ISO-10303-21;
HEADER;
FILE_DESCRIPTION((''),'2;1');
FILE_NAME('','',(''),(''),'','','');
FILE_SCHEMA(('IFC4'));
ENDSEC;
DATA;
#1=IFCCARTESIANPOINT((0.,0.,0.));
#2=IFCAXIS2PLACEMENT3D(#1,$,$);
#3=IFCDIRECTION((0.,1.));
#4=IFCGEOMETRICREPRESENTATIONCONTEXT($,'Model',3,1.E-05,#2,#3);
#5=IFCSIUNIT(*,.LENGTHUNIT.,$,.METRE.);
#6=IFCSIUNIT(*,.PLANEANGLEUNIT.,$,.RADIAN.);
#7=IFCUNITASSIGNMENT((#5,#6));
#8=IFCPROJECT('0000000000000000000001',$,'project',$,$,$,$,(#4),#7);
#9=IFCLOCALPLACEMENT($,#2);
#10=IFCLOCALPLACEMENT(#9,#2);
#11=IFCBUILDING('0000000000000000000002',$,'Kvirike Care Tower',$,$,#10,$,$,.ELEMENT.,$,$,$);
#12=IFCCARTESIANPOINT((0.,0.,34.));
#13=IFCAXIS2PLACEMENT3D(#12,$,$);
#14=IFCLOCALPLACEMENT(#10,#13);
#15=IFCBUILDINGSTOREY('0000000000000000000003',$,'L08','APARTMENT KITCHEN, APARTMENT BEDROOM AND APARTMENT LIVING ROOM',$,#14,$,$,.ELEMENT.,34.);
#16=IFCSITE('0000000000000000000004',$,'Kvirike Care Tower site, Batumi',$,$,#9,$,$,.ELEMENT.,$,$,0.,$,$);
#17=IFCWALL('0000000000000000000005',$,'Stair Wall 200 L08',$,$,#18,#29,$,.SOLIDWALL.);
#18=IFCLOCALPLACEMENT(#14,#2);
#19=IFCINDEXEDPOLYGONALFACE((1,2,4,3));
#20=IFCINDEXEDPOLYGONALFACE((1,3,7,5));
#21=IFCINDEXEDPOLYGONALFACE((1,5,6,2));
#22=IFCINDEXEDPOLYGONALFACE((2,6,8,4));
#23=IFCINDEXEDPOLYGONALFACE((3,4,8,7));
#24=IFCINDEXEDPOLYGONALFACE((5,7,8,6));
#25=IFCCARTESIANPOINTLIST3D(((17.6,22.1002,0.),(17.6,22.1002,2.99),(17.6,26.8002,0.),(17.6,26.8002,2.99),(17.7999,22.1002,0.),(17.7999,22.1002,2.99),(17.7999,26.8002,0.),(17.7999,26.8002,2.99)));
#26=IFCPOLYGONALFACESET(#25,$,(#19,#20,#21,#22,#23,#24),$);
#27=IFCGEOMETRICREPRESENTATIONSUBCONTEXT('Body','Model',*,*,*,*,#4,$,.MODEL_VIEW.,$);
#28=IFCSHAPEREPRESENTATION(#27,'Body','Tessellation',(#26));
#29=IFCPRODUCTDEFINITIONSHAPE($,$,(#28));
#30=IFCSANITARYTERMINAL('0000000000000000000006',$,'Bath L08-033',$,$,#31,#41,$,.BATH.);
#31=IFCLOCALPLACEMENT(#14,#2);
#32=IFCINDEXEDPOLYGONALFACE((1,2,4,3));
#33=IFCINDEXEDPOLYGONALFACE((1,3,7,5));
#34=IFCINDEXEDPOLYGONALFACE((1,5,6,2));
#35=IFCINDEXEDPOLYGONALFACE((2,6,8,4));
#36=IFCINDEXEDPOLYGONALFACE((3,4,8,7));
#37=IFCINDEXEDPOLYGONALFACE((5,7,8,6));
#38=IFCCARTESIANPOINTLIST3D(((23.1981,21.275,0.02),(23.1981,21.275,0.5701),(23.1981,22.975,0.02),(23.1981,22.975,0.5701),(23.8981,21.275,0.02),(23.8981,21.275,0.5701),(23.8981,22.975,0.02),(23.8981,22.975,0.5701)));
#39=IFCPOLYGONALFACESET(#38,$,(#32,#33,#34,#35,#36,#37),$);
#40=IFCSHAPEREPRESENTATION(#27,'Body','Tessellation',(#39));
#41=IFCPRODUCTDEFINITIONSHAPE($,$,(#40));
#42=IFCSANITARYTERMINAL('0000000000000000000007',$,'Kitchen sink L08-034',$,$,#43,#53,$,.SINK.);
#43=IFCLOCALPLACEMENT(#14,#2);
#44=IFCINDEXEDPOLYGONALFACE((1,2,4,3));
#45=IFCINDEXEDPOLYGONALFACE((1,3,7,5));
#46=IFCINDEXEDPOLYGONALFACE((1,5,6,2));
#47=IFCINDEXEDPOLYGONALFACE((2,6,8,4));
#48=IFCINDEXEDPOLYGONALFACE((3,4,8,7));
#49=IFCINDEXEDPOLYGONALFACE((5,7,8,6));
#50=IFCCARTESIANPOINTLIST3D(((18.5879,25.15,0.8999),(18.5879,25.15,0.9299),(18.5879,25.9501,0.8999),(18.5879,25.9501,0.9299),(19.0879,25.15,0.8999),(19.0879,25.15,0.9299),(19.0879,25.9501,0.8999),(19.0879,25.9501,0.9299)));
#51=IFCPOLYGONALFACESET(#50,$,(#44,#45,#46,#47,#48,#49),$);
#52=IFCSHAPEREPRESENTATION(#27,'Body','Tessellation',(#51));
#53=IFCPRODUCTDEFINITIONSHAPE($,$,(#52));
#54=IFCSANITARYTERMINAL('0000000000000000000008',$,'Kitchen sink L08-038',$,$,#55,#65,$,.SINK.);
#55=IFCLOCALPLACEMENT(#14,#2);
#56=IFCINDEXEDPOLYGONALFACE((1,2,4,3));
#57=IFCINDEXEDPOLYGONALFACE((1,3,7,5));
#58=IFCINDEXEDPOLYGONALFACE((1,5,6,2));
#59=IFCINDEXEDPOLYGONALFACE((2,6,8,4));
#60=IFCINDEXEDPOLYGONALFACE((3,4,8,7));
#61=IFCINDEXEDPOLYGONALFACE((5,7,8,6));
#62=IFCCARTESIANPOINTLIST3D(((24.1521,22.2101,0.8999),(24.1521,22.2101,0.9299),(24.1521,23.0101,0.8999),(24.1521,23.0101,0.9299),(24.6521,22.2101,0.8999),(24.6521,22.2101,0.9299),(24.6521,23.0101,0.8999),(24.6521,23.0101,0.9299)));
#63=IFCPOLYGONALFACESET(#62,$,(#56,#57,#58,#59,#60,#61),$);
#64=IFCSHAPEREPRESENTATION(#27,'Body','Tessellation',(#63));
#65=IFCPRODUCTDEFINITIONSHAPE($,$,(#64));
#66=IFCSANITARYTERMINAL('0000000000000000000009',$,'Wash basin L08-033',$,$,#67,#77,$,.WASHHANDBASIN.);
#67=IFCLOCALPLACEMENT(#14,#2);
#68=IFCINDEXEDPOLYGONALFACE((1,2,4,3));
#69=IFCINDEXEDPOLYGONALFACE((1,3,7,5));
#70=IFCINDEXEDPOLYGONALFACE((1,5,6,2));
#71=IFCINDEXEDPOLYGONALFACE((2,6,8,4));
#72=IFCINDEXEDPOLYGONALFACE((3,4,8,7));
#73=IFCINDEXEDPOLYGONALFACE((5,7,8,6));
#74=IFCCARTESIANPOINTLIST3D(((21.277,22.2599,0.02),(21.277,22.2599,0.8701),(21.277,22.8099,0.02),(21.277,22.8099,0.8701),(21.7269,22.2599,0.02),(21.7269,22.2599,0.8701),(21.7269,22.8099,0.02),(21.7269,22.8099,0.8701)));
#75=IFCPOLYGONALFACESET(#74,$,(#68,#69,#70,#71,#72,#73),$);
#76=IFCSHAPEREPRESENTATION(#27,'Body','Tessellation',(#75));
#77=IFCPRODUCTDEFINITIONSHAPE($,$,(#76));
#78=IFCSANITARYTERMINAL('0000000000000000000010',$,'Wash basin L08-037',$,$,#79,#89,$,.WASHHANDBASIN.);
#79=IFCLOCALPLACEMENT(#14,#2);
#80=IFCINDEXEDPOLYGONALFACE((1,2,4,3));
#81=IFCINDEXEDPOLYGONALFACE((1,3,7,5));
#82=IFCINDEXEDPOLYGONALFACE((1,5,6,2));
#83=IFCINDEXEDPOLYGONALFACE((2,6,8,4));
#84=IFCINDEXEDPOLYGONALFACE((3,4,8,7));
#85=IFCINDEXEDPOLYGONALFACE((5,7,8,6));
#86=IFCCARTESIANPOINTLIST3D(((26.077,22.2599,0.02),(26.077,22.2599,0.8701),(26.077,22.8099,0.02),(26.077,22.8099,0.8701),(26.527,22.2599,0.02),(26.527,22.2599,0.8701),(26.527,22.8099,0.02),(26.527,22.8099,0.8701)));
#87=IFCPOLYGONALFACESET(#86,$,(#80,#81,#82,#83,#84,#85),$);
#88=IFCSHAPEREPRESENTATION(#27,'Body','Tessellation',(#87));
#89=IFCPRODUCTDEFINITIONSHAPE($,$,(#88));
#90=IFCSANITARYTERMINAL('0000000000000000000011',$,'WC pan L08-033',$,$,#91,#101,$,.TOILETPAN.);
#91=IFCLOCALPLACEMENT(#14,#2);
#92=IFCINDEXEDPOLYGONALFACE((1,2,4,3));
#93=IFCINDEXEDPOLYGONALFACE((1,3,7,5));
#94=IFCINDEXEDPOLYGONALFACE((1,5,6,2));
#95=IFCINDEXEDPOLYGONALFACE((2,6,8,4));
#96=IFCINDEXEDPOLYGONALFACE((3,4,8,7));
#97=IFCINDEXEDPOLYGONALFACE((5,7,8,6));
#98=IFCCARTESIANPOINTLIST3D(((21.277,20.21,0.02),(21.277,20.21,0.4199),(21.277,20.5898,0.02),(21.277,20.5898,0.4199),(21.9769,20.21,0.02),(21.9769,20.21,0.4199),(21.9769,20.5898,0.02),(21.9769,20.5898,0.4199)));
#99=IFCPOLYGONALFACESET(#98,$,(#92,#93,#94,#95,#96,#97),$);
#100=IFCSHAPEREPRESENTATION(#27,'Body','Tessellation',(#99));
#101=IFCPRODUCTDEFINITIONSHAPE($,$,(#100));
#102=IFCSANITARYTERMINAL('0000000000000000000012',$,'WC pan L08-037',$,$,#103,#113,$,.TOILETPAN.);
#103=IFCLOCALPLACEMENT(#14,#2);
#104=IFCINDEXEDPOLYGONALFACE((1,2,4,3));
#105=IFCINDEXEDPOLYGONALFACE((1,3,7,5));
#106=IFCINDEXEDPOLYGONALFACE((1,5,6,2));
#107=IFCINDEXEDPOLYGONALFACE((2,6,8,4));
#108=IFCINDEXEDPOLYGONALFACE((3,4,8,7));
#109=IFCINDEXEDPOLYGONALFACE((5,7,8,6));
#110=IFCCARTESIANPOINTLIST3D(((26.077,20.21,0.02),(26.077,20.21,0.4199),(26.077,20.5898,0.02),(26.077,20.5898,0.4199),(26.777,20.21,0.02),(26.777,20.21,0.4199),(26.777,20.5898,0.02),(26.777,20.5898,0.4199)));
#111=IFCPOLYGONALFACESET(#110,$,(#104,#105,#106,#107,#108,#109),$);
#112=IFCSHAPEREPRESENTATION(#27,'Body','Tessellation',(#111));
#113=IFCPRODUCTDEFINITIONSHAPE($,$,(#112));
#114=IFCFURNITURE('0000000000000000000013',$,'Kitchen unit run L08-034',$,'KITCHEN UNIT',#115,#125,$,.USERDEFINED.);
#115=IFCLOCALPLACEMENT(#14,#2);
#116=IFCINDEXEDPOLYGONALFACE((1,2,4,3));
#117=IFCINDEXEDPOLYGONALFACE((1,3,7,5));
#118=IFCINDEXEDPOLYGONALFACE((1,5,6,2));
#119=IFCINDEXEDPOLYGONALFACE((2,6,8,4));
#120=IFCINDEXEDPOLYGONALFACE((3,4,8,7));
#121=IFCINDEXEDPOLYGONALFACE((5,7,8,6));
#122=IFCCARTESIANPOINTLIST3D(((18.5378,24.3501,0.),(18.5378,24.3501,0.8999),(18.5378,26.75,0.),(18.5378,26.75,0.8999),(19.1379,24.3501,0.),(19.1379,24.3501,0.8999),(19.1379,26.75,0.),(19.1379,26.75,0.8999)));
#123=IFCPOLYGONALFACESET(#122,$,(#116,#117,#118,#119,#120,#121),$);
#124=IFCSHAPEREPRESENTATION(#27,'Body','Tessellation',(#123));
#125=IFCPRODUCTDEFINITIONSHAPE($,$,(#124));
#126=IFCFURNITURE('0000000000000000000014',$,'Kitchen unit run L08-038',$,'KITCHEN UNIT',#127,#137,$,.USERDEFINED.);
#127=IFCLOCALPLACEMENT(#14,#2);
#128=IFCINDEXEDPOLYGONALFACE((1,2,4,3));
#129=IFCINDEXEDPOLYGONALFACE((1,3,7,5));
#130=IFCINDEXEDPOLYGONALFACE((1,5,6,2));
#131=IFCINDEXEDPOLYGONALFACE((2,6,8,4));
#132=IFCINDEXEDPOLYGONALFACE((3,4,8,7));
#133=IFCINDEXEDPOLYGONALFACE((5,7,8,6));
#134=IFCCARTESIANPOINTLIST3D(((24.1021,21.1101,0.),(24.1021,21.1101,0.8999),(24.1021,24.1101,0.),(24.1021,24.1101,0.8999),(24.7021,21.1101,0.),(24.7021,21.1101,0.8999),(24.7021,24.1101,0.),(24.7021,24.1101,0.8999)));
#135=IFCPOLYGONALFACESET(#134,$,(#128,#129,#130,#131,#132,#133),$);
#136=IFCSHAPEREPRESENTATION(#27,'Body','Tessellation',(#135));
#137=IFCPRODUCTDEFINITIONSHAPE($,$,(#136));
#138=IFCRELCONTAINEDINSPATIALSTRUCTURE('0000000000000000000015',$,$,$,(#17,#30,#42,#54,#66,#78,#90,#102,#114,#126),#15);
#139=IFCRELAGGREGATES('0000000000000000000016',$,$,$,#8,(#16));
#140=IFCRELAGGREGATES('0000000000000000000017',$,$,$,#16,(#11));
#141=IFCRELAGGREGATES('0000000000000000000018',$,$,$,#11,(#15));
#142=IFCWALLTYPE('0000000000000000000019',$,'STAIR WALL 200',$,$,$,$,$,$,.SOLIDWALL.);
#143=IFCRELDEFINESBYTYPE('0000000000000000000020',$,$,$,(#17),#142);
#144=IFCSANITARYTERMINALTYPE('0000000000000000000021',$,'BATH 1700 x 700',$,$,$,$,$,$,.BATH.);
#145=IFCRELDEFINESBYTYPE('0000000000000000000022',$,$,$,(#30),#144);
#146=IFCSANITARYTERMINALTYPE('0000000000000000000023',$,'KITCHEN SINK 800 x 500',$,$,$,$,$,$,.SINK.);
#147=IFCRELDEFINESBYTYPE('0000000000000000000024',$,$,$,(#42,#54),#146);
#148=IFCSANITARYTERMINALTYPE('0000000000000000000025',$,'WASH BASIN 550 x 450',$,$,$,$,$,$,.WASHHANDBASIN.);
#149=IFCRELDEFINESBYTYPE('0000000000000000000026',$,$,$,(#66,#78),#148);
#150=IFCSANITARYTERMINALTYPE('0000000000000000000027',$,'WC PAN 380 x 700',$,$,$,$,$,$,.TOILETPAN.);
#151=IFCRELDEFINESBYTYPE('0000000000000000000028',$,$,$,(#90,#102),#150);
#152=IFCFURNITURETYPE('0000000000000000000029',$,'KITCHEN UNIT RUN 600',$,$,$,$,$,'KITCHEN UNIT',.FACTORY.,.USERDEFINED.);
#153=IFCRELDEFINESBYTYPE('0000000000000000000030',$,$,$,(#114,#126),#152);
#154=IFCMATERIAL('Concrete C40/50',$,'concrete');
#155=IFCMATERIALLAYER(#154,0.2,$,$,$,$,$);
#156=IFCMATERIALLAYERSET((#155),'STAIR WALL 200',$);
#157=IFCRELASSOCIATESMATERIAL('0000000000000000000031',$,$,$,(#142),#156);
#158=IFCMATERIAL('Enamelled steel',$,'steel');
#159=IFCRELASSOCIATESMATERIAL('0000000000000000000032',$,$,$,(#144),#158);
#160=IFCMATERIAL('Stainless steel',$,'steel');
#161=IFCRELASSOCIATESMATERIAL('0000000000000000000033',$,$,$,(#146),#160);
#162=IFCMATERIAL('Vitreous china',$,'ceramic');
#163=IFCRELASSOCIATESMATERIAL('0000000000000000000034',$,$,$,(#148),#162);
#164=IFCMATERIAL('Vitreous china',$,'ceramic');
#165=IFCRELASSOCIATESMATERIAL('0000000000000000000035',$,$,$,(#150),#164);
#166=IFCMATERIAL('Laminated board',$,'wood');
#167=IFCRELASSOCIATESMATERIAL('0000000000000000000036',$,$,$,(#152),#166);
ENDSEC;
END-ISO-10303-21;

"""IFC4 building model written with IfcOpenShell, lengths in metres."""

from ifc_helpers import new_model, si_unit, direction, frame, frame_2d, origin, origin_2d, place, context, subcontext, project, spatial, rectangle, extrude, material, layer, layer_set, type_object, element, save


model = new_model("IFC4")

# Units and contexts
model_context = context("Model", 3, precision=1e-05, world=origin(), true_north=direction((0.0, 1.0)))
body_context = subcontext(model_context, "Body", "Model", "MODEL_VIEW")
ifc_project = project(units=[si_unit("LENGTHUNIT", "METRE"), si_unit("PLANEANGLEUNIT", "RADIAN")], contexts=[model_context])

# Site, building, storey
site_placement = place(None, origin())
site = spatial("IfcSite", under=ifc_project, at=site_placement, Name="Kvirike Care Tower site, Batumi", CompositionType="ELEMENT", RefElevation=0.0)
building_placement = place(site_placement, origin())
building = spatial("IfcBuilding", under=site, at=building_placement, Name="Kvirike Care Tower", CompositionType="ELEMENT")
storey_placement = place(building_placement, frame((0.0, 0.0, 34.0)))
storey = spatial("IfcBuildingStorey", under=building, at=storey_placement, Name="L08", Description="APARTMENT KITCHEN, APARTMENT BEDROOM AND APARTMENT LIVING ROOM", CompositionType="ELEMENT", Elevation=34.0)

# Wall
ifc_material_1 = material(Name="Concrete C40/50", Category="concrete")
ifc_layer_1 = layer(ifc_material_1, 0.2)
ifc_layer_set_1 = layer_set([ifc_layer_1], Name="STAIR WALL 200")
wall_type_1 = type_object("IfcWallType", Name="STAIR WALL 200", PredefinedType="SOLIDWALL", material=ifc_layer_set_1)
wall_1_placement = place(storey_placement, frame((17.7, 22.1001, 0.0), z_axis=(0.0, 0.0, 1.0), x_axis=(0.0, 1.0, 0.0)))
element("IfcWall", 1, at=wall_1_placement, inside=storey, type_object=wall_type_1, Name="Stair Wall 200 L08", PredefinedType="SOLIDWALL", context=body_context, shape_type="SweptSolid", body=[
    extrude(rectangle(XDim=4.7, YDim=0.2, at=frame_2d((2.3501, 0.0))), origin(), (0.0, 0.0, 1.0), 2.99),
])

# Sanitary terminals
ifc_material_2 = material(Name="Enamelled steel", Category="steel")
sanitary_terminal_type_1 = type_object("IfcSanitaryTerminalType", Name="BATH 1700 x 700", PredefinedType="BATH", material=ifc_material_2)
sanitary_terminal_placement = place(storey_placement, frame((23.5481, 22.125, 0.02), z_axis=(0.0, 0.0, 1.0), x_axis=(0.0, -1.0, 0.0)))
element("IfcSanitaryTerminal", 2, at=sanitary_terminal_placement, inside=storey, type_object=sanitary_terminal_type_1, Name="Bath L08-033", PredefinedType="BATH", context=body_context, shape_type="SweptSolid", body=[
    extrude(rectangle(XDim=1.7, YDim=0.7, at=origin_2d()), origin(), (0.0, 0.0, 1.0), 0.55),
])
ifc_material_3 = material(Name="Stainless steel", Category="steel")
sanitary_terminal_type_2 = type_object("IfcSanitaryTerminalType", Name="KITCHEN SINK 800 x 500", PredefinedType="SINK", material=ifc_material_3)
for number, where, z_axis, x_axis, name in (
    (3, (18.8379, 25.55, 0.8999), (0.0, 0.0, 1.0), (0.0, -1.0, 0.0), "Kitchen sink L08-034"),
    (4, (24.4021, 22.6101, 0.8999), (0.0, 0.0, 1.0), (0.0, 1.0, 0.0), "Kitchen sink L08-038"),
):
    element("IfcSanitaryTerminal", number, at=place(storey_placement, frame(where, z_axis=z_axis, x_axis=x_axis)), inside=storey, type_object=sanitary_terminal_type_2, Name=name, PredefinedType="SINK", context=body_context, shape_type="SweptSolid", body=[
        extrude(rectangle(XDim=0.8, YDim=0.5, at=origin_2d()), origin(), (0.0, 0.0, 1.0), 0.03),
    ])
ifc_material_4 = material(Name="Vitreous china", Category="ceramic")
sanitary_terminal_type_3 = type_object("IfcSanitaryTerminalType", Name="WASH BASIN 550 x 450", PredefinedType="WASHHANDBASIN", material=ifc_material_4)
for number, where, z_axis, x_axis, name in (
    (5, (21.502, 22.5349, 0.02), (0.0, 0.0, 1.0), (0.0, 1.0, 0.0), "Wash basin L08-033"),
    (6, (26.302, 22.5349, 0.02), (0.0, 0.0, 1.0), (0.0, 1.0, 0.0), "Wash basin L08-037"),
):
    element("IfcSanitaryTerminal", number, at=place(storey_placement, frame(where, z_axis=z_axis, x_axis=x_axis)), inside=storey, type_object=sanitary_terminal_type_3, Name=name, PredefinedType="WASHHANDBASIN", context=body_context, shape_type="SweptSolid", body=[
        extrude(rectangle(XDim=0.55, YDim=0.45, at=origin_2d()), origin(), (0.0, 0.0, 1.0), 0.8501),
    ])
ifc_material_5 = material(Name="Vitreous china", Category="ceramic")
sanitary_terminal_type_4 = type_object("IfcSanitaryTerminalType", Name="WC PAN 380 x 700", PredefinedType="TOILETPAN", material=ifc_material_5)
for number, where, z_axis, x_axis, name in (
    (7, (21.627, 20.3999, 0.02), (0.0, 0.0, 1.0), (0.0, 1.0, 0.0), "WC pan L08-033"),
    (8, (26.427, 20.3999, 0.02), (0.0, 0.0, 1.0), (0.0, 1.0, 0.0), "WC pan L08-037"),
):
    element("IfcSanitaryTerminal", number, at=place(storey_placement, frame(where, z_axis=z_axis, x_axis=x_axis)), inside=storey, type_object=sanitary_terminal_type_4, Name=name, PredefinedType="TOILETPAN", context=body_context, shape_type="SweptSolid", body=[
        extrude(rectangle(XDim=0.3799, YDim=0.7, at=origin_2d()), origin(), (0.0, 0.0, 1.0), 0.3999),
    ])

# Furniture
ifc_material_6 = material(Name="Laminated board", Category="wood")
furniture_type = type_object("IfcFurnitureType", Name="KITCHEN UNIT RUN 600", ElementType="KITCHEN UNIT", AssemblyPlace="FACTORY", PredefinedType="USERDEFINED", material=ifc_material_6)
furniture_1_placement = place(storey_placement, frame((18.8379, 25.55, 0.0), z_axis=(0.0, 0.0, 1.0), x_axis=(0.0, -1.0, 0.0)))
element("IfcFurniture", 9, at=furniture_1_placement, inside=storey, type_object=furniture_type, Name="Kitchen unit run L08-034", ObjectType="KITCHEN UNIT", PredefinedType="USERDEFINED", context=body_context, shape_type="SweptSolid", body=[
    extrude(rectangle(XDim=2.3999, YDim=0.6001, at=origin_2d()), origin(), (0.0, 0.0, 1.0), 0.8999),
])
furniture_2_placement = place(storey_placement, frame((24.4021, 22.6101, 0.0), z_axis=(0.0, 0.0, 1.0), x_axis=(0.0, 1.0, 0.0)))
element("IfcFurniture", 10, at=furniture_2_placement, inside=storey, type_object=furniture_type, Name="Kitchen unit run L08-038", ObjectType="KITCHEN UNIT", PredefinedType="USERDEFINED", context=body_context, shape_type="SweptSolid", body=[
    extrude(rectangle(XDim=3.0, YDim=0.6001, at=origin_2d()), origin(), (0.0, 0.0, 1.0), 0.8999),
])

save(model, "model.ifc")
